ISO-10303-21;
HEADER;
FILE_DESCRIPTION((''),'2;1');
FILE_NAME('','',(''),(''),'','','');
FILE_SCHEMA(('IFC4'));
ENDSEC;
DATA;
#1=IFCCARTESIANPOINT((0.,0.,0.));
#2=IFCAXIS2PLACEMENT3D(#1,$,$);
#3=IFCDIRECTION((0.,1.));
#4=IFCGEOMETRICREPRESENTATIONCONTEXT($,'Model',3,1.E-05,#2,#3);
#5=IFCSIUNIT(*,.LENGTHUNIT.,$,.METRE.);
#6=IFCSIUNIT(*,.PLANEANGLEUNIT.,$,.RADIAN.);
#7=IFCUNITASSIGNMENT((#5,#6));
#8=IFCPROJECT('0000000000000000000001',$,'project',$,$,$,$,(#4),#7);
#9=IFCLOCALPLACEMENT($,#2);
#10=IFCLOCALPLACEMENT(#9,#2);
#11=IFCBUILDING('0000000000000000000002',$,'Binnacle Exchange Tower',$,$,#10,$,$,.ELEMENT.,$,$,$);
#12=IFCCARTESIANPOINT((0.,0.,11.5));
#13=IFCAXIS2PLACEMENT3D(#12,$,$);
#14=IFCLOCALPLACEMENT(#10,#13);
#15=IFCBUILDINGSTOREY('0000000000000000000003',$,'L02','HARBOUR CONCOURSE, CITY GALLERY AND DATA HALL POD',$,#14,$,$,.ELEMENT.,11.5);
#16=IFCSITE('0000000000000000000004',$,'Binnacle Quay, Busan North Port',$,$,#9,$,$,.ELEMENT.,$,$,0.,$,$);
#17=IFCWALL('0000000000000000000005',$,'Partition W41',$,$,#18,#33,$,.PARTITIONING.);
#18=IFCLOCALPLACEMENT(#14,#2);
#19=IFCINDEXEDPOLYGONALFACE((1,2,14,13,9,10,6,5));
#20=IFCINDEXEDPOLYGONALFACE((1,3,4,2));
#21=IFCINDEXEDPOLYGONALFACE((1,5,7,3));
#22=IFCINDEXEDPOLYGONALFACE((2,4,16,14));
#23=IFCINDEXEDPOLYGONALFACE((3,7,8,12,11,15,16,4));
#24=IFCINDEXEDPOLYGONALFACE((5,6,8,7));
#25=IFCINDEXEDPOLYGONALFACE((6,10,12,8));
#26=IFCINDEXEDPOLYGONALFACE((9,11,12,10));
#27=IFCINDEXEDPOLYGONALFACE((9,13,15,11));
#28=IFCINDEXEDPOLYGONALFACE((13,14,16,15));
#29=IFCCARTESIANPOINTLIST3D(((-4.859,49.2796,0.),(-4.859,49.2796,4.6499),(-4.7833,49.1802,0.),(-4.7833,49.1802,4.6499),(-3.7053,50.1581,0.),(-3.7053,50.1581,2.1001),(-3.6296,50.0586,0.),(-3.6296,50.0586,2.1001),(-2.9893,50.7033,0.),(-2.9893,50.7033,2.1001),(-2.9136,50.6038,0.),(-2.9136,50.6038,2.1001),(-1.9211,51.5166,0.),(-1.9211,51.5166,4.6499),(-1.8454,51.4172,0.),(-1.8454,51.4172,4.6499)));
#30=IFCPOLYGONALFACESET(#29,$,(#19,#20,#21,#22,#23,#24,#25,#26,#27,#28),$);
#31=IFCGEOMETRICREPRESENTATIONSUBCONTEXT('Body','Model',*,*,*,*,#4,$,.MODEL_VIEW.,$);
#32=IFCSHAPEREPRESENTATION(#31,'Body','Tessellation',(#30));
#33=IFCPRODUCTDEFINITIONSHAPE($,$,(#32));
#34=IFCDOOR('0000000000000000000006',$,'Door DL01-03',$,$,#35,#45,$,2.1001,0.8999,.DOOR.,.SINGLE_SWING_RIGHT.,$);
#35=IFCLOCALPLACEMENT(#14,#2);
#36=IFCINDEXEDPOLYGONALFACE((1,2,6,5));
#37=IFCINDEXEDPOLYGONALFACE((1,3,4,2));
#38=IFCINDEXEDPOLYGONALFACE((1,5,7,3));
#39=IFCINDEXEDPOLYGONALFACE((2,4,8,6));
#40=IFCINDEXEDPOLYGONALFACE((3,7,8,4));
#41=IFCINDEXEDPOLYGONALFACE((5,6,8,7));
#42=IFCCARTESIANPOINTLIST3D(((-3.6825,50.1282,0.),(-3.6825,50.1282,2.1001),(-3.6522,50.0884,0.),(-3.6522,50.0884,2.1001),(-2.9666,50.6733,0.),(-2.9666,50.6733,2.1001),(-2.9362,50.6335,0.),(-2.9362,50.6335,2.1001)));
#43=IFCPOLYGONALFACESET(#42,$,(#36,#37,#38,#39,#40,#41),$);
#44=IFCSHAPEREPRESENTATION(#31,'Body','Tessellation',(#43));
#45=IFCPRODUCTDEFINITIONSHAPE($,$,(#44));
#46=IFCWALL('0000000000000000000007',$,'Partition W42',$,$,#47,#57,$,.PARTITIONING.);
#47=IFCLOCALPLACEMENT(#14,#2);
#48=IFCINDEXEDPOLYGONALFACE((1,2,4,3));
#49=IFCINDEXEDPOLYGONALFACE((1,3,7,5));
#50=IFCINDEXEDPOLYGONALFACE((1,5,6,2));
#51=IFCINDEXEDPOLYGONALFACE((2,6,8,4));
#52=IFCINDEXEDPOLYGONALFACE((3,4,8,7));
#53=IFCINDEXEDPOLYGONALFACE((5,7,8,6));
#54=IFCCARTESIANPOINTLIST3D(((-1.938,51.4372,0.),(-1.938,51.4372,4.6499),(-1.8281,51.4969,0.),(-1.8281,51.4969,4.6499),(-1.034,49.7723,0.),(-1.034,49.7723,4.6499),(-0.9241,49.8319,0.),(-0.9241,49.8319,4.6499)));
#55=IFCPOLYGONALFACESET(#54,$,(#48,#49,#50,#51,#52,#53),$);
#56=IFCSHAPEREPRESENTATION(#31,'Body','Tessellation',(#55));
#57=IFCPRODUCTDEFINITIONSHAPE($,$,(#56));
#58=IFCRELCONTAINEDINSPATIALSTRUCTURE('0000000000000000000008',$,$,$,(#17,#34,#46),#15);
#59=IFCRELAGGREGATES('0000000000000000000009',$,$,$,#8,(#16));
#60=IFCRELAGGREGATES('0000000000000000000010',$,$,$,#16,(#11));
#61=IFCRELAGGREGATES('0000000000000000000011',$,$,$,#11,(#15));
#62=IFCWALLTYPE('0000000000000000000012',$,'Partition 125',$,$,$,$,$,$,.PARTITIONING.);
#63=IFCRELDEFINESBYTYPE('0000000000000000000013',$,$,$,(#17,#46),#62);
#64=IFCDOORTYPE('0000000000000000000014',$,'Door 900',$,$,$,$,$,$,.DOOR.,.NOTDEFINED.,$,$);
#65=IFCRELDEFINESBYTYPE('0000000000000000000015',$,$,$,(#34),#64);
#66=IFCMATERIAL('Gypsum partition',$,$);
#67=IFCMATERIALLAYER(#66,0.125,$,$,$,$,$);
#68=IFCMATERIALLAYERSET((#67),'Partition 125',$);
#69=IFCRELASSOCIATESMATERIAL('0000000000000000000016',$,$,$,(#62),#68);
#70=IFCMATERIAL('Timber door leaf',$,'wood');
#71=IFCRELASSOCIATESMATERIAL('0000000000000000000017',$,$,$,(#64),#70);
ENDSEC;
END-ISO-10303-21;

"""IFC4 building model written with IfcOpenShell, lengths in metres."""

from ifc_helpers import new_model, si_unit, direction, frame, frame_2d, origin, place, context, subcontext, project, spatial, rectangle, extrude, material, layer, layer_set, type_object, element, fill, save


model = new_model("IFC4")

# Units and contexts
model_context = context("Model", 3, precision=1e-05, world=origin(), true_north=direction((0.0, 1.0)))
body_context = subcontext(model_context, "Body", "Model", "MODEL_VIEW")
ifc_project = project(units=[si_unit("LENGTHUNIT", "METRE"), si_unit("PLANEANGLEUNIT", "RADIAN")], contexts=[model_context])

# Site, building, storey
site_placement = place(None, origin())
site = spatial("IfcSite", under=ifc_project, at=site_placement, Name="Binnacle Quay, Busan North Port", CompositionType="ELEMENT", RefElevation=0.0)
building_placement = place(site_placement, origin())
building = spatial("IfcBuilding", under=site, at=building_placement, Name="Binnacle Exchange Tower", CompositionType="ELEMENT")
storey_placement = place(building_placement, frame((0.0, 0.0, 11.5)))
storey = spatial("IfcBuildingStorey", under=building, at=storey_placement, Name="L02", Description="HARBOUR CONCOURSE, CITY GALLERY AND DATA HALL POD", CompositionType="ELEMENT", Elevation=11.5)

# Wall, opening, door
ifc_material_1 = material(Name="Gypsum partition")
ifc_layer_1 = layer(ifc_material_1, 0.125)
ifc_layer_set_1 = layer_set([ifc_layer_1], Name="Partition 125")
wall_type_1 = type_object("IfcWallType", Name="Partition 125", PredefinedType="PARTITIONING", material=ifc_layer_set_1)
wall_1_placement = place(storey_placement, frame((-4.821, 49.23, 0.0), z_axis=(0.0, 0.0, 1.0), x_axis=(0.795615, 0.605802, 0.0)))
wall_1 = element("IfcWall", 1, at=wall_1_placement, inside=storey, type_object=wall_type_1, Name="Partition W41", PredefinedType="PARTITIONING", context=body_context, shape_type="SweptSolid", body=[
    extrude(rectangle(XDim=3.6926, YDim=0.125, at=frame_2d((1.8462, 0.0))), origin(), (0.0, 0.0, 1.0), 4.6499),
])
opening_1_placement = place(wall_1_placement, frame((1.45, 0.0, 0.0)))
opening_1 = element("IfcOpeningElement", 2, at=opening_1_placement, cuts=wall_1, PredefinedType="OPENING", context=body_context, shape_type="SweptSolid", body=[
    extrude(rectangle(XDim=0.8999, YDim=2.1001, at=frame_2d((0.45, 1.05))), frame((0.0, 0.0725, 0.0), z_axis=(0.0, -1.0, 0.0), x_axis=(1.0, 0.0, 0.0)), (0.0, 0.0, 1.0), 0.145),
])
ifc_material_2 = material(Name="Timber door leaf", Category="wood")
door_type_1 = type_object("IfcDoorType", Name="Door 900", OperationType="NOTDEFINED", PredefinedType="DOOR", material=ifc_material_2)
door_1_placement = place(opening_1_placement, origin())
door_1 = element("IfcDoor", 3, at=door_1_placement, inside=storey, type_object=door_type_1, Name="Door DL01-03", OperationType="SINGLE_SWING_RIGHT", OverallHeight=2.1001, OverallWidth=0.8999, PredefinedType="DOOR", context=body_context, shape_type="SweptSolid", body=[
    extrude(rectangle(XDim=0.8999, YDim=2.1001, at=frame_2d((0.45, 1.05))), frame((0.0, 0.0249, 0.0), z_axis=(0.0, -1.0, 0.0), x_axis=(1.0, 0.0, 0.0)), (0.0, 0.0, 1.0), 0.05),
])
fill(opening_1, door_1)

# Wall
wall_2_placement = place(storey_placement, frame((-1.8831, 51.467, 0.0), z_axis=(0.0, 0.0, 1.0), x_axis=(0.477163, -0.878815, 0.0)))
element("IfcWall", 4, at=wall_2_placement, inside=storey, type_object=wall_type_1, Name="Partition W42", PredefinedType="PARTITIONING", context=body_context, shape_type="SweptSolid", body=[
    extrude(rectangle(XDim=1.8945, YDim=0.125, at=frame_2d((0.9473, 0.0))), origin(), (0.0, 0.0, 1.0), 4.6499),
])

save(model, "model.ifc")
